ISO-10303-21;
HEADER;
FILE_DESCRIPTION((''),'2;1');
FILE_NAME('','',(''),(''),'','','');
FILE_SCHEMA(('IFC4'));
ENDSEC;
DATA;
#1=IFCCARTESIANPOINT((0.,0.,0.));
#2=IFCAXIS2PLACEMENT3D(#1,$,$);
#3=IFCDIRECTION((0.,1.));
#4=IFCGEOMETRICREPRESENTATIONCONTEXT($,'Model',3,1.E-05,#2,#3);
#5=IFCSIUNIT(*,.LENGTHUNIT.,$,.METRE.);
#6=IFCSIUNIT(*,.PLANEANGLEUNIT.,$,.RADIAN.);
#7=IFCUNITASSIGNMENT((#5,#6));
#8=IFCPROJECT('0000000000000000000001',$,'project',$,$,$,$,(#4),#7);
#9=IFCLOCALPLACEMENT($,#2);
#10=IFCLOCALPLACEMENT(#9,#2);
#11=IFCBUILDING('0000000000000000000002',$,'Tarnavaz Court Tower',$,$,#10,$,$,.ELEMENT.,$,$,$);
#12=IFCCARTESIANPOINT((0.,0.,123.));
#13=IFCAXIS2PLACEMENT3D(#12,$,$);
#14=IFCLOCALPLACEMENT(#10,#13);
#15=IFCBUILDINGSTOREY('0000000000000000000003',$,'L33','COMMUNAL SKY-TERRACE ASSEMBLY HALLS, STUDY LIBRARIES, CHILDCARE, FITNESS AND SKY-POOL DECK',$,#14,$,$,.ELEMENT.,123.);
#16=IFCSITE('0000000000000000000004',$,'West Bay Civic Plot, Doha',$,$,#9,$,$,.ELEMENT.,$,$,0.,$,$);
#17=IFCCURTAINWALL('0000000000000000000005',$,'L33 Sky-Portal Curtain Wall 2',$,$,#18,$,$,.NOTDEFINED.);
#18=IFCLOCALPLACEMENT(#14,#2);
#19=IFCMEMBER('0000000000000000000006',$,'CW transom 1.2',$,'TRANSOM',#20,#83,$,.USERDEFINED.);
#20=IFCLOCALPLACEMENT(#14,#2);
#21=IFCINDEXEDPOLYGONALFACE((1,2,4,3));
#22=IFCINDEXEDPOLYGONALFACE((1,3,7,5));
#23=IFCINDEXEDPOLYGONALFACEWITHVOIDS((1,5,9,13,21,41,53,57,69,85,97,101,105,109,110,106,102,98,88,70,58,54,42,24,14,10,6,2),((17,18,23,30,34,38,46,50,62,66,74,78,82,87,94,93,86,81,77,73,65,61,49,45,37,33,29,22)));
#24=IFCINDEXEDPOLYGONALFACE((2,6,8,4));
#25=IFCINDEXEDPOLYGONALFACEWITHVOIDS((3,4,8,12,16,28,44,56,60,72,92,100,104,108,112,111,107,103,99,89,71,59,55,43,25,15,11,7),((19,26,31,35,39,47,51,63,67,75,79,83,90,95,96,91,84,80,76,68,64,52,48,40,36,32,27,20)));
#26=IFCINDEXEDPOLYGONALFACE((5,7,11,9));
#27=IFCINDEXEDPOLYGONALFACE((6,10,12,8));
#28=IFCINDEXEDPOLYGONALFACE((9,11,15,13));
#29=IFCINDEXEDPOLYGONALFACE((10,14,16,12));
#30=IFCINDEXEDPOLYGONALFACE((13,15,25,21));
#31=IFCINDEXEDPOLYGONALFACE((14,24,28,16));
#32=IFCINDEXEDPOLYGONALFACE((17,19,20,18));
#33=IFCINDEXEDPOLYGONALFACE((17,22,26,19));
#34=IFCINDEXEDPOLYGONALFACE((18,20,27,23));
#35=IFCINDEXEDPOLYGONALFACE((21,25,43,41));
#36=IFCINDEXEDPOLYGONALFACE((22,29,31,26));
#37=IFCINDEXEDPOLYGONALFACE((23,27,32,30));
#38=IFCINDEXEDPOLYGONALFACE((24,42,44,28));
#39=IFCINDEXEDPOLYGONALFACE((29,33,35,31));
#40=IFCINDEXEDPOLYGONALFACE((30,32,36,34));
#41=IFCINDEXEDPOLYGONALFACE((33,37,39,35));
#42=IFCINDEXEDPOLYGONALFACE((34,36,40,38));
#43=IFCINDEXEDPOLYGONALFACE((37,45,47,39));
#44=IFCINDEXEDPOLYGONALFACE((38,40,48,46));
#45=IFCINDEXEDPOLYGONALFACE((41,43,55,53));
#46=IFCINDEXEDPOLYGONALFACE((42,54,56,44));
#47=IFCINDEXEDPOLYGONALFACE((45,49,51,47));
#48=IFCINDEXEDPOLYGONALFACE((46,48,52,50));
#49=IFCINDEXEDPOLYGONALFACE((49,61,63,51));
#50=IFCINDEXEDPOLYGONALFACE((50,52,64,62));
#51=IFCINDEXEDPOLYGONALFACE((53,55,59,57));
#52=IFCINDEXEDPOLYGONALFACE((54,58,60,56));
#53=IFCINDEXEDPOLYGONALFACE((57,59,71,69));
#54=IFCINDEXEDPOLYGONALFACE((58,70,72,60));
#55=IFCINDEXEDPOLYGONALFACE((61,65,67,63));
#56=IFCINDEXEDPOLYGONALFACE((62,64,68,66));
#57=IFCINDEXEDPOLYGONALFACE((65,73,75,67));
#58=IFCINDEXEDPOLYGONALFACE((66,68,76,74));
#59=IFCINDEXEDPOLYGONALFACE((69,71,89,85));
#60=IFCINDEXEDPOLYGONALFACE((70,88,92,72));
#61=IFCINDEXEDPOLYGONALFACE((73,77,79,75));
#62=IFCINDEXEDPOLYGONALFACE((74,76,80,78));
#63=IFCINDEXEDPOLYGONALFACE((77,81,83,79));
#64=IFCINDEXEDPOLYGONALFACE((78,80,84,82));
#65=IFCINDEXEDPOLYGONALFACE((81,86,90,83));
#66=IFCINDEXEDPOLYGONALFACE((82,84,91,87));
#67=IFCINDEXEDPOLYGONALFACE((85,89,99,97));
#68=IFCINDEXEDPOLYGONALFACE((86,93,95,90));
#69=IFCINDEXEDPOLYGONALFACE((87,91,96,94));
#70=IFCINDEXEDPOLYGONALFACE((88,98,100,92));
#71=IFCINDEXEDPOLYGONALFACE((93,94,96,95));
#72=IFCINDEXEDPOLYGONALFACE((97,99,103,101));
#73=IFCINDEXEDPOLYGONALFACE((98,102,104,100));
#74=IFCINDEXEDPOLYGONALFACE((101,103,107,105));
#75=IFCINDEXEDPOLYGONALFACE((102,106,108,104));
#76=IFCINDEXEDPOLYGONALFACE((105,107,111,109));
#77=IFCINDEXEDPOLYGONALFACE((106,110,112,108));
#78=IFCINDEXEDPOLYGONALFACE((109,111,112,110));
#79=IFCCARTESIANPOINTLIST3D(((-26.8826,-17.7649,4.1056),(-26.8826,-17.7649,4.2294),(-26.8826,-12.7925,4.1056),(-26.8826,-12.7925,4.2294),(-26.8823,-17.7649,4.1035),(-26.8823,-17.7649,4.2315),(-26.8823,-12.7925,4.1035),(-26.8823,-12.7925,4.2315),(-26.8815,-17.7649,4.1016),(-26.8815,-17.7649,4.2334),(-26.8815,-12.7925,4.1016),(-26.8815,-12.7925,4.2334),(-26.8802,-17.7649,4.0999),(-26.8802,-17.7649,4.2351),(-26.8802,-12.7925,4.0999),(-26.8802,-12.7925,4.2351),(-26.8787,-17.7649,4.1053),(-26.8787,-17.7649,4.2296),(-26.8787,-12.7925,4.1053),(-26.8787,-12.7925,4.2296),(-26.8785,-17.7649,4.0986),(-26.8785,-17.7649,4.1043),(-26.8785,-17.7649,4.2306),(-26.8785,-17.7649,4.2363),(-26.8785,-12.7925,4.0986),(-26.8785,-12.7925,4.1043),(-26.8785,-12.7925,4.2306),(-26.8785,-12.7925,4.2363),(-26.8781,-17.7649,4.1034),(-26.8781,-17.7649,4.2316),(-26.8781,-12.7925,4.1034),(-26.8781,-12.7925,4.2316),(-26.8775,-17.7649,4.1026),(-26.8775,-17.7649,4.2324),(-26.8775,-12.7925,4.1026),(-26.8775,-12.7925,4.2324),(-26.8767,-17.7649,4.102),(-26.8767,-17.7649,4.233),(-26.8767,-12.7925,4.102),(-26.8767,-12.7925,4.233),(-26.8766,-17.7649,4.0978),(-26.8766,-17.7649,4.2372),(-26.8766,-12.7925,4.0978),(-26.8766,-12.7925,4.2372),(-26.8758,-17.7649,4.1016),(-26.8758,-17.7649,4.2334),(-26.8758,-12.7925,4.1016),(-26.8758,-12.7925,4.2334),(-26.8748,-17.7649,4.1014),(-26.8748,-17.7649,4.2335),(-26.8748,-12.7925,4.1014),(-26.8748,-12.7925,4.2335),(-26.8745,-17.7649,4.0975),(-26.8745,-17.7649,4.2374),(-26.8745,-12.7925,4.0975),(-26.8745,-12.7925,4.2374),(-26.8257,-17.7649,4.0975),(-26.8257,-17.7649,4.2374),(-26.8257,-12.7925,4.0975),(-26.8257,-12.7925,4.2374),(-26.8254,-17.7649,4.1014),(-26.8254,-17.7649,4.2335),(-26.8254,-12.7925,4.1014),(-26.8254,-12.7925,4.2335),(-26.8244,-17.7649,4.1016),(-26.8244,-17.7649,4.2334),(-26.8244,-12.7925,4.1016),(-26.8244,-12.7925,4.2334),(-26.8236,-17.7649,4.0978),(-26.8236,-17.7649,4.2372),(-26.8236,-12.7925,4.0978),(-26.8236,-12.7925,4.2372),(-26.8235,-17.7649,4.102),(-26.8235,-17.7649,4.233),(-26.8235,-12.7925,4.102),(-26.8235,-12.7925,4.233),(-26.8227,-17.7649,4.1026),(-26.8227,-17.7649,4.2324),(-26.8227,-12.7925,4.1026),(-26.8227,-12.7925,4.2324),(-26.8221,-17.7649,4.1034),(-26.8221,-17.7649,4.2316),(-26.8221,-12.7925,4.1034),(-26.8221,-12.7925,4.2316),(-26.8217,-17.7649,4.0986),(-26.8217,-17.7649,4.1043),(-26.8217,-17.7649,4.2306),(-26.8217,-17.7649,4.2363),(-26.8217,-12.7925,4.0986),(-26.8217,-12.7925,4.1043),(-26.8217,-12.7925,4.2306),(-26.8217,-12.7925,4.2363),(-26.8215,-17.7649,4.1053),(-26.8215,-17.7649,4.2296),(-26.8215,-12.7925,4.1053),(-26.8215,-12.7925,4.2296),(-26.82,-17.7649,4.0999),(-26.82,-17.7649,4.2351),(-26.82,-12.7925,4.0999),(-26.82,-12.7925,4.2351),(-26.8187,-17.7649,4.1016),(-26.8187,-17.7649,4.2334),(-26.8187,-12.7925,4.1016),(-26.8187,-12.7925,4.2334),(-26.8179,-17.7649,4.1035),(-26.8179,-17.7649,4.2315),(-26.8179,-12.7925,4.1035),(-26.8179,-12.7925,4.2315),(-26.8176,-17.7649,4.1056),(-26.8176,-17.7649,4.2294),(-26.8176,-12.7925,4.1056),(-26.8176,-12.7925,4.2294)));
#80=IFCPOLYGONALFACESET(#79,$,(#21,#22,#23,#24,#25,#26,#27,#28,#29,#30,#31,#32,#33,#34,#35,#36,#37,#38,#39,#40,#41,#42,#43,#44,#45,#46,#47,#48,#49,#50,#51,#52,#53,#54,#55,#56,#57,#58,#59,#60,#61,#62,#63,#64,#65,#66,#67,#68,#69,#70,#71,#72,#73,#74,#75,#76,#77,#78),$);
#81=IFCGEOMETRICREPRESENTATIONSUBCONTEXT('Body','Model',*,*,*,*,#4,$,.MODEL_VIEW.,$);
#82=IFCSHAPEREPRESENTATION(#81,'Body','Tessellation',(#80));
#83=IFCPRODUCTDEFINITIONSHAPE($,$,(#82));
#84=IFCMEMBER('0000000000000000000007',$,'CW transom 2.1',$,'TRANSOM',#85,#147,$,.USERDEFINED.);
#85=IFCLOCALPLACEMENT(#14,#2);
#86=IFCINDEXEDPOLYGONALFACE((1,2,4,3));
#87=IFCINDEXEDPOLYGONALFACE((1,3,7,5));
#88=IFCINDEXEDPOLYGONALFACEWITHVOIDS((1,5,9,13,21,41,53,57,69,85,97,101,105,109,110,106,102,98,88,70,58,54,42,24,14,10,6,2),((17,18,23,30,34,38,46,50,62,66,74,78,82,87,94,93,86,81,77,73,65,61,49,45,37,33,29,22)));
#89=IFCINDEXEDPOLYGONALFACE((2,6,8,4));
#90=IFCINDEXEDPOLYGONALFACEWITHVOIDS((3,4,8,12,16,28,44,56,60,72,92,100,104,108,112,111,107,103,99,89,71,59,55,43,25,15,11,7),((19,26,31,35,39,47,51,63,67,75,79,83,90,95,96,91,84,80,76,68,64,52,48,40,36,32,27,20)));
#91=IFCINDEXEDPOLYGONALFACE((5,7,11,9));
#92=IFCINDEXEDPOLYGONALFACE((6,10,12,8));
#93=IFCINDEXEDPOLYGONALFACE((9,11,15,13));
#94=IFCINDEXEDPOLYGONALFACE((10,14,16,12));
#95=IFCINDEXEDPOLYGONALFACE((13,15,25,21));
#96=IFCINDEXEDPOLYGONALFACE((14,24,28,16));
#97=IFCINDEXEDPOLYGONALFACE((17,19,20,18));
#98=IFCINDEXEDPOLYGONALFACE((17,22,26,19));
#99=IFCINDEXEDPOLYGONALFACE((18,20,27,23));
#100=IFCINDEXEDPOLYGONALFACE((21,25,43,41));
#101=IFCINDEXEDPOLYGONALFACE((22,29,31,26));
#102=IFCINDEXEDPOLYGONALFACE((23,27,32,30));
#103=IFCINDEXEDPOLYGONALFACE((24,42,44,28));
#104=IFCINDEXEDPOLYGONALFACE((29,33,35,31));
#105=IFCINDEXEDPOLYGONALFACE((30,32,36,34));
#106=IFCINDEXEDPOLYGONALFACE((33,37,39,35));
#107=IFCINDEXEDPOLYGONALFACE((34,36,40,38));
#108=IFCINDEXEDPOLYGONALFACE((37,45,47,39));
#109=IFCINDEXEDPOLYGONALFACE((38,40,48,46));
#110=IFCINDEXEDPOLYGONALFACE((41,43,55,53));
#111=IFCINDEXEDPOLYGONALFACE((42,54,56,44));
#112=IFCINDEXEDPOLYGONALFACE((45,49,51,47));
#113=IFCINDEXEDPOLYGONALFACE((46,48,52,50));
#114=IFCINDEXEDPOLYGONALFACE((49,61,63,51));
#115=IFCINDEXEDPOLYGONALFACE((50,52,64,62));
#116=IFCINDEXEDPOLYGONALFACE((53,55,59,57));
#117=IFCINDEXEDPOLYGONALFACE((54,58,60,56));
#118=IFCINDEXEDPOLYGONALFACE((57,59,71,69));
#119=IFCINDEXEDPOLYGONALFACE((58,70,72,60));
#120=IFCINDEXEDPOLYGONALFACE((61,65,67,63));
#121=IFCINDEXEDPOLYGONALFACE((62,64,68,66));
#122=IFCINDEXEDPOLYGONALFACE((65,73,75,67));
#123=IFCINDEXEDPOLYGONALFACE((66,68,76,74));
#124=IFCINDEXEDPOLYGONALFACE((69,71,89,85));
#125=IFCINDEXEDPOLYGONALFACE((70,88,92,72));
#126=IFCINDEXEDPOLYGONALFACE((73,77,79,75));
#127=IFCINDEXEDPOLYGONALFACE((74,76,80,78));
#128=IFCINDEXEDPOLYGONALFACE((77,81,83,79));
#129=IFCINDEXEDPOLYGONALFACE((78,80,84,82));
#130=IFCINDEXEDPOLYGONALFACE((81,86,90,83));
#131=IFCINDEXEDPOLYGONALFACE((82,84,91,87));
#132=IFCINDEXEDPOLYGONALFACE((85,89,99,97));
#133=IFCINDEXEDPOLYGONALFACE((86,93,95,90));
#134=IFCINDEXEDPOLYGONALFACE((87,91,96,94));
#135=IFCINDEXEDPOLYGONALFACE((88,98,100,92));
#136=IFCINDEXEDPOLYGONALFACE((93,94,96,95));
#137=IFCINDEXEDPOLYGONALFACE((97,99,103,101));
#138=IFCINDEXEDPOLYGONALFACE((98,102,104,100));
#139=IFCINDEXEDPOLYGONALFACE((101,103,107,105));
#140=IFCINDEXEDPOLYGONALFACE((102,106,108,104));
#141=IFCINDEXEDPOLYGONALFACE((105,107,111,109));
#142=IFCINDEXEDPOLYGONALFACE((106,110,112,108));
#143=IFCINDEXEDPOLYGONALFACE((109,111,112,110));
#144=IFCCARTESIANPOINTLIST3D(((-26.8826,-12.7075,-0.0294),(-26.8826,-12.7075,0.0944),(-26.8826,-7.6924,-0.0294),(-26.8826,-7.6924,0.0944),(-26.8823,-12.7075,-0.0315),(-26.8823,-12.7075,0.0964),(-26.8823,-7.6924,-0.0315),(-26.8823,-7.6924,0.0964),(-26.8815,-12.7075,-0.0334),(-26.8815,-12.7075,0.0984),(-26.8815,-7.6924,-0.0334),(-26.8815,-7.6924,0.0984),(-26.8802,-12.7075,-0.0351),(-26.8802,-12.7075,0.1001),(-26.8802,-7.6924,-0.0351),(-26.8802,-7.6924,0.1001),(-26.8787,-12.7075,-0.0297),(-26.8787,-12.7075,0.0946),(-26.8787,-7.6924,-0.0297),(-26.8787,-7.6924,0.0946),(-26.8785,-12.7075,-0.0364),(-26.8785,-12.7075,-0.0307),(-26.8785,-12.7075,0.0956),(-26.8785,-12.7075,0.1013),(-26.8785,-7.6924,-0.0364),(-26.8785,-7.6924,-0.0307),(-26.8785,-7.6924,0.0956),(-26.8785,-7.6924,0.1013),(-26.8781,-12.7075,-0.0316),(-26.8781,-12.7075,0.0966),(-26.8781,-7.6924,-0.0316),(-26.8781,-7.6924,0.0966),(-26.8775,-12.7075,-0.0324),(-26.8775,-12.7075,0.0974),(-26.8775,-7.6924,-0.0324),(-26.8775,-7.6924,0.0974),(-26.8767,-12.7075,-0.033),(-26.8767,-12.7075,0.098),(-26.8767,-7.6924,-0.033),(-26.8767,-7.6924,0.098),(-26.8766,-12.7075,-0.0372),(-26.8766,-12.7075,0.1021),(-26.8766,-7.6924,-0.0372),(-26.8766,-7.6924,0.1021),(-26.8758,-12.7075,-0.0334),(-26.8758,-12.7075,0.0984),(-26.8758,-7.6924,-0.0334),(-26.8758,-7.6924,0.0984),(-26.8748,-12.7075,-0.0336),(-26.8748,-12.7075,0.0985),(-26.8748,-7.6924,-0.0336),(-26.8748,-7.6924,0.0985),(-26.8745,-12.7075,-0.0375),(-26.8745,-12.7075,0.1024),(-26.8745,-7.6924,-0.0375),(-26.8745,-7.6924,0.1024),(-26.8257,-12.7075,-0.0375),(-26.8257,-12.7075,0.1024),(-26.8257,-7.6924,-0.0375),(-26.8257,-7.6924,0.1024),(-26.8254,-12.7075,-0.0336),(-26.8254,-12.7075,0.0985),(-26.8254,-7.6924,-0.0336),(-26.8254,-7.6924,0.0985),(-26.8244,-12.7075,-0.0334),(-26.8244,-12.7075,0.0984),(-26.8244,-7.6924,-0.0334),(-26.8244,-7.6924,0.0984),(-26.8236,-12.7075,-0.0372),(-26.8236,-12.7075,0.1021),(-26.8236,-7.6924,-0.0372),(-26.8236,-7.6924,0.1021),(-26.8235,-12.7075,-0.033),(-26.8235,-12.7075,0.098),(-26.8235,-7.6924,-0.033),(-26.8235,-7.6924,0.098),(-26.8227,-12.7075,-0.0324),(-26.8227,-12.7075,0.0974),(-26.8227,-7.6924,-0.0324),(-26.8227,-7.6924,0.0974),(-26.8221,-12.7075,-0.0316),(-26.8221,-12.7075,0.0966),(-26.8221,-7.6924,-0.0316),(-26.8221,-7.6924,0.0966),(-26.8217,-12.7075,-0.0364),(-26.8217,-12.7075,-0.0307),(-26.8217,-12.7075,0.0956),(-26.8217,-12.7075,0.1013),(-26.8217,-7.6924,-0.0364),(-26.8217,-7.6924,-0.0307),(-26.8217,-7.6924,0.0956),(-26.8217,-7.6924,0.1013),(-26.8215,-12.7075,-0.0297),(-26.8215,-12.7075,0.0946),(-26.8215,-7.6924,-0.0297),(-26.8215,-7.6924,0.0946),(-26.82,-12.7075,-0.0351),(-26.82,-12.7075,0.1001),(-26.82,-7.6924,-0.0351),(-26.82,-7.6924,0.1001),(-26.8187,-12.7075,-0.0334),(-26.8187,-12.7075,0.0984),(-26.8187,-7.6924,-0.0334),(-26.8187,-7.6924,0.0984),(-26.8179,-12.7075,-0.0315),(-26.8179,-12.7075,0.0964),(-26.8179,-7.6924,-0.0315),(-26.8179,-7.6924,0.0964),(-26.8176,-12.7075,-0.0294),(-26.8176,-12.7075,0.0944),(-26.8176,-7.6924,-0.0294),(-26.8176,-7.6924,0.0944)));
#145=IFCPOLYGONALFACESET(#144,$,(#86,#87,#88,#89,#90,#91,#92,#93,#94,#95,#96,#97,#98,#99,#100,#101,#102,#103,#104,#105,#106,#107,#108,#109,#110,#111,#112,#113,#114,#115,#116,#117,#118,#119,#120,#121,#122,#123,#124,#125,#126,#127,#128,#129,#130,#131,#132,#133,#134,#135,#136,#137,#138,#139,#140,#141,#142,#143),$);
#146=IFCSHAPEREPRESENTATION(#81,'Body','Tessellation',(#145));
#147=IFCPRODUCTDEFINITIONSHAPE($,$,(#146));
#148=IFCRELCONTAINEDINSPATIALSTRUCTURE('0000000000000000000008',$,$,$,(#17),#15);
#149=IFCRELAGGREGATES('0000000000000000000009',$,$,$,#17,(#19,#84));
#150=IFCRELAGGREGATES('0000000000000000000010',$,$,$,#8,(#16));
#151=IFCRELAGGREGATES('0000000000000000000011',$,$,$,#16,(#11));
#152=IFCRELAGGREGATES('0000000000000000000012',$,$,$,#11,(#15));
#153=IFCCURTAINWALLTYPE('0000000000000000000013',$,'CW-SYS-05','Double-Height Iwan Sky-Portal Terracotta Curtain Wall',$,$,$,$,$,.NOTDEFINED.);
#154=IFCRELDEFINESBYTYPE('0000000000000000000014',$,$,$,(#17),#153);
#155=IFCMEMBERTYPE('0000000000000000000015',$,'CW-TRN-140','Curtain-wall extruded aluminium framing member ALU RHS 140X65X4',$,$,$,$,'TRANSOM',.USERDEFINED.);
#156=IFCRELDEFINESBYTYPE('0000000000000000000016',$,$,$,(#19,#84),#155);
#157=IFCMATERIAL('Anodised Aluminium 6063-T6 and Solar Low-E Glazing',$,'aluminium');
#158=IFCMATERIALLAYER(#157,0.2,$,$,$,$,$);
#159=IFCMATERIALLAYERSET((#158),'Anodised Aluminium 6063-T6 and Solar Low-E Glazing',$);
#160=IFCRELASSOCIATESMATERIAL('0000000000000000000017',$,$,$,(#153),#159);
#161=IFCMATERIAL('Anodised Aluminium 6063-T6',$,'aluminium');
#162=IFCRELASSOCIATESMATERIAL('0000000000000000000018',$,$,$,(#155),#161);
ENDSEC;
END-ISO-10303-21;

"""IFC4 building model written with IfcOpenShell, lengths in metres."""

from ifc_helpers import new_model, si_unit, direction, frame, origin, origin_2d, place, context, subcontext, project, spatial, hollow_rectangle, extrude, material, layer, layer_set, material_profile, profile_set, type_object, element, aggregate, save


model = new_model("IFC4")

# Units and contexts
model_context = context("Model", 3, precision=1e-05, world=origin(), true_north=direction((0.0, 1.0)))
body_context = subcontext(model_context, "Body", "Model", "MODEL_VIEW")
ifc_project = project(units=[si_unit("LENGTHUNIT", "METRE"), si_unit("PLANEANGLEUNIT", "RADIAN")], contexts=[model_context])

# Site, building, storey
site_placement = place(None, origin())
site = spatial("IfcSite", under=ifc_project, at=site_placement, Name="West Bay Civic Plot, Doha", CompositionType="ELEMENT", RefElevation=0.0)
building_placement = place(site_placement, origin())
building = spatial("IfcBuilding", under=site, at=building_placement, Name="Tarnavaz Court Tower", CompositionType="ELEMENT")
storey_placement = place(building_placement, frame((0.0, 0.0, 123.0)))
storey = spatial("IfcBuildingStorey", under=building, at=storey_placement, Name="L33", Description="COMMUNAL SKY-TERRACE ASSEMBLY HALLS, STUDY LIBRARIES, CHILDCARE, FITNESS AND SKY-POOL DECK", CompositionType="ELEMENT", Elevation=123.0)

# Curtain wall, members
ifc_material_1 = material(Name="Anodised Aluminium 6063-T6 and Solar Low-E Glazing", Category="aluminium")
ifc_layer_1 = layer(ifc_material_1, 0.2)
ifc_layer_set_1 = layer_set([ifc_layer_1], Name="Anodised Aluminium 6063-T6 and Solar Low-E Glazing")
curtain_wall_type = type_object("IfcCurtainWallType", Name="CW-SYS-05", Description="Double-Height Iwan Sky-Portal Terracotta Curtain Wall", PredefinedType="NOTDEFINED", material=ifc_layer_set_1)
curtain_wall_placement = place(storey_placement, origin())
curtain_wall = element("IfcCurtainWall", 1, at=curtain_wall_placement, inside=storey, type_object=curtain_wall_type, Name="L33 Sky-Portal Curtain Wall 2", PredefinedType="NOTDEFINED")
ifc_material_2 = material(Name="Anodised Aluminium 6063-T6", Category="aluminium")
ifc_material_profile_1 = material_profile(ifc_material_2, hollow_rectangle(XDim=0.0649, YDim=0.1399, WallThickness=0.0039, InnerFilletRadius=0.0039, OuterFilletRadius=0.0081, at=origin_2d()), Name="ALU RHS 140X65X4")
ifc_profile_set_1 = profile_set([ifc_material_profile_1], Name="Anodised Aluminium 6063-T6")
member_type_1 = type_object("IfcMemberType", Name="CW-TRN-140", Description="Curtain-wall extruded aluminium framing member ALU RHS 140X65X4", ElementType="TRANSOM", PredefinedType="USERDEFINED", material=ifc_profile_set_1)
member_1_placement = place(storey_placement, frame((-26.8501, -17.7649, 4.1675), z_axis=(0.0, 1.0, 0.0), x_axis=(-1.0, 0.0, 0.0)))
member_1 = element("IfcMember", 2, at=member_1_placement, type_object=member_type_1, Name="CW transom 1.2", ObjectType="TRANSOM", PredefinedType="USERDEFINED", context=body_context, shape_type="SweptSolid", body=[
    extrude(hollow_rectangle(XDim=0.0649, YDim=0.1399, WallThickness=0.0039, InnerFilletRadius=0.0039, OuterFilletRadius=0.0081, at=origin_2d()), origin(), (0.0, 0.0, 1.0), 4.9724),
])
member_2_placement = place(storey_placement, frame((-26.8501, -12.7075, 0.0325), z_axis=(0.0, 1.0, 0.0), x_axis=(-1.0, 0.0, 0.0)))
member_2 = element("IfcMember", 3, at=member_2_placement, type_object=member_type_1, Name="CW transom 2.1", ObjectType="TRANSOM", PredefinedType="USERDEFINED", context=body_context, shape_type="SweptSolid", body=[
    extrude(hollow_rectangle(XDim=0.0649, YDim=0.1399, WallThickness=0.0039, InnerFilletRadius=0.0039, OuterFilletRadius=0.0081, at=origin_2d()), origin(), (0.0, 0.0, 1.0), 5.0151),
])
aggregate(curtain_wall, [member_1, member_2])

save(model, "model.ifc")
